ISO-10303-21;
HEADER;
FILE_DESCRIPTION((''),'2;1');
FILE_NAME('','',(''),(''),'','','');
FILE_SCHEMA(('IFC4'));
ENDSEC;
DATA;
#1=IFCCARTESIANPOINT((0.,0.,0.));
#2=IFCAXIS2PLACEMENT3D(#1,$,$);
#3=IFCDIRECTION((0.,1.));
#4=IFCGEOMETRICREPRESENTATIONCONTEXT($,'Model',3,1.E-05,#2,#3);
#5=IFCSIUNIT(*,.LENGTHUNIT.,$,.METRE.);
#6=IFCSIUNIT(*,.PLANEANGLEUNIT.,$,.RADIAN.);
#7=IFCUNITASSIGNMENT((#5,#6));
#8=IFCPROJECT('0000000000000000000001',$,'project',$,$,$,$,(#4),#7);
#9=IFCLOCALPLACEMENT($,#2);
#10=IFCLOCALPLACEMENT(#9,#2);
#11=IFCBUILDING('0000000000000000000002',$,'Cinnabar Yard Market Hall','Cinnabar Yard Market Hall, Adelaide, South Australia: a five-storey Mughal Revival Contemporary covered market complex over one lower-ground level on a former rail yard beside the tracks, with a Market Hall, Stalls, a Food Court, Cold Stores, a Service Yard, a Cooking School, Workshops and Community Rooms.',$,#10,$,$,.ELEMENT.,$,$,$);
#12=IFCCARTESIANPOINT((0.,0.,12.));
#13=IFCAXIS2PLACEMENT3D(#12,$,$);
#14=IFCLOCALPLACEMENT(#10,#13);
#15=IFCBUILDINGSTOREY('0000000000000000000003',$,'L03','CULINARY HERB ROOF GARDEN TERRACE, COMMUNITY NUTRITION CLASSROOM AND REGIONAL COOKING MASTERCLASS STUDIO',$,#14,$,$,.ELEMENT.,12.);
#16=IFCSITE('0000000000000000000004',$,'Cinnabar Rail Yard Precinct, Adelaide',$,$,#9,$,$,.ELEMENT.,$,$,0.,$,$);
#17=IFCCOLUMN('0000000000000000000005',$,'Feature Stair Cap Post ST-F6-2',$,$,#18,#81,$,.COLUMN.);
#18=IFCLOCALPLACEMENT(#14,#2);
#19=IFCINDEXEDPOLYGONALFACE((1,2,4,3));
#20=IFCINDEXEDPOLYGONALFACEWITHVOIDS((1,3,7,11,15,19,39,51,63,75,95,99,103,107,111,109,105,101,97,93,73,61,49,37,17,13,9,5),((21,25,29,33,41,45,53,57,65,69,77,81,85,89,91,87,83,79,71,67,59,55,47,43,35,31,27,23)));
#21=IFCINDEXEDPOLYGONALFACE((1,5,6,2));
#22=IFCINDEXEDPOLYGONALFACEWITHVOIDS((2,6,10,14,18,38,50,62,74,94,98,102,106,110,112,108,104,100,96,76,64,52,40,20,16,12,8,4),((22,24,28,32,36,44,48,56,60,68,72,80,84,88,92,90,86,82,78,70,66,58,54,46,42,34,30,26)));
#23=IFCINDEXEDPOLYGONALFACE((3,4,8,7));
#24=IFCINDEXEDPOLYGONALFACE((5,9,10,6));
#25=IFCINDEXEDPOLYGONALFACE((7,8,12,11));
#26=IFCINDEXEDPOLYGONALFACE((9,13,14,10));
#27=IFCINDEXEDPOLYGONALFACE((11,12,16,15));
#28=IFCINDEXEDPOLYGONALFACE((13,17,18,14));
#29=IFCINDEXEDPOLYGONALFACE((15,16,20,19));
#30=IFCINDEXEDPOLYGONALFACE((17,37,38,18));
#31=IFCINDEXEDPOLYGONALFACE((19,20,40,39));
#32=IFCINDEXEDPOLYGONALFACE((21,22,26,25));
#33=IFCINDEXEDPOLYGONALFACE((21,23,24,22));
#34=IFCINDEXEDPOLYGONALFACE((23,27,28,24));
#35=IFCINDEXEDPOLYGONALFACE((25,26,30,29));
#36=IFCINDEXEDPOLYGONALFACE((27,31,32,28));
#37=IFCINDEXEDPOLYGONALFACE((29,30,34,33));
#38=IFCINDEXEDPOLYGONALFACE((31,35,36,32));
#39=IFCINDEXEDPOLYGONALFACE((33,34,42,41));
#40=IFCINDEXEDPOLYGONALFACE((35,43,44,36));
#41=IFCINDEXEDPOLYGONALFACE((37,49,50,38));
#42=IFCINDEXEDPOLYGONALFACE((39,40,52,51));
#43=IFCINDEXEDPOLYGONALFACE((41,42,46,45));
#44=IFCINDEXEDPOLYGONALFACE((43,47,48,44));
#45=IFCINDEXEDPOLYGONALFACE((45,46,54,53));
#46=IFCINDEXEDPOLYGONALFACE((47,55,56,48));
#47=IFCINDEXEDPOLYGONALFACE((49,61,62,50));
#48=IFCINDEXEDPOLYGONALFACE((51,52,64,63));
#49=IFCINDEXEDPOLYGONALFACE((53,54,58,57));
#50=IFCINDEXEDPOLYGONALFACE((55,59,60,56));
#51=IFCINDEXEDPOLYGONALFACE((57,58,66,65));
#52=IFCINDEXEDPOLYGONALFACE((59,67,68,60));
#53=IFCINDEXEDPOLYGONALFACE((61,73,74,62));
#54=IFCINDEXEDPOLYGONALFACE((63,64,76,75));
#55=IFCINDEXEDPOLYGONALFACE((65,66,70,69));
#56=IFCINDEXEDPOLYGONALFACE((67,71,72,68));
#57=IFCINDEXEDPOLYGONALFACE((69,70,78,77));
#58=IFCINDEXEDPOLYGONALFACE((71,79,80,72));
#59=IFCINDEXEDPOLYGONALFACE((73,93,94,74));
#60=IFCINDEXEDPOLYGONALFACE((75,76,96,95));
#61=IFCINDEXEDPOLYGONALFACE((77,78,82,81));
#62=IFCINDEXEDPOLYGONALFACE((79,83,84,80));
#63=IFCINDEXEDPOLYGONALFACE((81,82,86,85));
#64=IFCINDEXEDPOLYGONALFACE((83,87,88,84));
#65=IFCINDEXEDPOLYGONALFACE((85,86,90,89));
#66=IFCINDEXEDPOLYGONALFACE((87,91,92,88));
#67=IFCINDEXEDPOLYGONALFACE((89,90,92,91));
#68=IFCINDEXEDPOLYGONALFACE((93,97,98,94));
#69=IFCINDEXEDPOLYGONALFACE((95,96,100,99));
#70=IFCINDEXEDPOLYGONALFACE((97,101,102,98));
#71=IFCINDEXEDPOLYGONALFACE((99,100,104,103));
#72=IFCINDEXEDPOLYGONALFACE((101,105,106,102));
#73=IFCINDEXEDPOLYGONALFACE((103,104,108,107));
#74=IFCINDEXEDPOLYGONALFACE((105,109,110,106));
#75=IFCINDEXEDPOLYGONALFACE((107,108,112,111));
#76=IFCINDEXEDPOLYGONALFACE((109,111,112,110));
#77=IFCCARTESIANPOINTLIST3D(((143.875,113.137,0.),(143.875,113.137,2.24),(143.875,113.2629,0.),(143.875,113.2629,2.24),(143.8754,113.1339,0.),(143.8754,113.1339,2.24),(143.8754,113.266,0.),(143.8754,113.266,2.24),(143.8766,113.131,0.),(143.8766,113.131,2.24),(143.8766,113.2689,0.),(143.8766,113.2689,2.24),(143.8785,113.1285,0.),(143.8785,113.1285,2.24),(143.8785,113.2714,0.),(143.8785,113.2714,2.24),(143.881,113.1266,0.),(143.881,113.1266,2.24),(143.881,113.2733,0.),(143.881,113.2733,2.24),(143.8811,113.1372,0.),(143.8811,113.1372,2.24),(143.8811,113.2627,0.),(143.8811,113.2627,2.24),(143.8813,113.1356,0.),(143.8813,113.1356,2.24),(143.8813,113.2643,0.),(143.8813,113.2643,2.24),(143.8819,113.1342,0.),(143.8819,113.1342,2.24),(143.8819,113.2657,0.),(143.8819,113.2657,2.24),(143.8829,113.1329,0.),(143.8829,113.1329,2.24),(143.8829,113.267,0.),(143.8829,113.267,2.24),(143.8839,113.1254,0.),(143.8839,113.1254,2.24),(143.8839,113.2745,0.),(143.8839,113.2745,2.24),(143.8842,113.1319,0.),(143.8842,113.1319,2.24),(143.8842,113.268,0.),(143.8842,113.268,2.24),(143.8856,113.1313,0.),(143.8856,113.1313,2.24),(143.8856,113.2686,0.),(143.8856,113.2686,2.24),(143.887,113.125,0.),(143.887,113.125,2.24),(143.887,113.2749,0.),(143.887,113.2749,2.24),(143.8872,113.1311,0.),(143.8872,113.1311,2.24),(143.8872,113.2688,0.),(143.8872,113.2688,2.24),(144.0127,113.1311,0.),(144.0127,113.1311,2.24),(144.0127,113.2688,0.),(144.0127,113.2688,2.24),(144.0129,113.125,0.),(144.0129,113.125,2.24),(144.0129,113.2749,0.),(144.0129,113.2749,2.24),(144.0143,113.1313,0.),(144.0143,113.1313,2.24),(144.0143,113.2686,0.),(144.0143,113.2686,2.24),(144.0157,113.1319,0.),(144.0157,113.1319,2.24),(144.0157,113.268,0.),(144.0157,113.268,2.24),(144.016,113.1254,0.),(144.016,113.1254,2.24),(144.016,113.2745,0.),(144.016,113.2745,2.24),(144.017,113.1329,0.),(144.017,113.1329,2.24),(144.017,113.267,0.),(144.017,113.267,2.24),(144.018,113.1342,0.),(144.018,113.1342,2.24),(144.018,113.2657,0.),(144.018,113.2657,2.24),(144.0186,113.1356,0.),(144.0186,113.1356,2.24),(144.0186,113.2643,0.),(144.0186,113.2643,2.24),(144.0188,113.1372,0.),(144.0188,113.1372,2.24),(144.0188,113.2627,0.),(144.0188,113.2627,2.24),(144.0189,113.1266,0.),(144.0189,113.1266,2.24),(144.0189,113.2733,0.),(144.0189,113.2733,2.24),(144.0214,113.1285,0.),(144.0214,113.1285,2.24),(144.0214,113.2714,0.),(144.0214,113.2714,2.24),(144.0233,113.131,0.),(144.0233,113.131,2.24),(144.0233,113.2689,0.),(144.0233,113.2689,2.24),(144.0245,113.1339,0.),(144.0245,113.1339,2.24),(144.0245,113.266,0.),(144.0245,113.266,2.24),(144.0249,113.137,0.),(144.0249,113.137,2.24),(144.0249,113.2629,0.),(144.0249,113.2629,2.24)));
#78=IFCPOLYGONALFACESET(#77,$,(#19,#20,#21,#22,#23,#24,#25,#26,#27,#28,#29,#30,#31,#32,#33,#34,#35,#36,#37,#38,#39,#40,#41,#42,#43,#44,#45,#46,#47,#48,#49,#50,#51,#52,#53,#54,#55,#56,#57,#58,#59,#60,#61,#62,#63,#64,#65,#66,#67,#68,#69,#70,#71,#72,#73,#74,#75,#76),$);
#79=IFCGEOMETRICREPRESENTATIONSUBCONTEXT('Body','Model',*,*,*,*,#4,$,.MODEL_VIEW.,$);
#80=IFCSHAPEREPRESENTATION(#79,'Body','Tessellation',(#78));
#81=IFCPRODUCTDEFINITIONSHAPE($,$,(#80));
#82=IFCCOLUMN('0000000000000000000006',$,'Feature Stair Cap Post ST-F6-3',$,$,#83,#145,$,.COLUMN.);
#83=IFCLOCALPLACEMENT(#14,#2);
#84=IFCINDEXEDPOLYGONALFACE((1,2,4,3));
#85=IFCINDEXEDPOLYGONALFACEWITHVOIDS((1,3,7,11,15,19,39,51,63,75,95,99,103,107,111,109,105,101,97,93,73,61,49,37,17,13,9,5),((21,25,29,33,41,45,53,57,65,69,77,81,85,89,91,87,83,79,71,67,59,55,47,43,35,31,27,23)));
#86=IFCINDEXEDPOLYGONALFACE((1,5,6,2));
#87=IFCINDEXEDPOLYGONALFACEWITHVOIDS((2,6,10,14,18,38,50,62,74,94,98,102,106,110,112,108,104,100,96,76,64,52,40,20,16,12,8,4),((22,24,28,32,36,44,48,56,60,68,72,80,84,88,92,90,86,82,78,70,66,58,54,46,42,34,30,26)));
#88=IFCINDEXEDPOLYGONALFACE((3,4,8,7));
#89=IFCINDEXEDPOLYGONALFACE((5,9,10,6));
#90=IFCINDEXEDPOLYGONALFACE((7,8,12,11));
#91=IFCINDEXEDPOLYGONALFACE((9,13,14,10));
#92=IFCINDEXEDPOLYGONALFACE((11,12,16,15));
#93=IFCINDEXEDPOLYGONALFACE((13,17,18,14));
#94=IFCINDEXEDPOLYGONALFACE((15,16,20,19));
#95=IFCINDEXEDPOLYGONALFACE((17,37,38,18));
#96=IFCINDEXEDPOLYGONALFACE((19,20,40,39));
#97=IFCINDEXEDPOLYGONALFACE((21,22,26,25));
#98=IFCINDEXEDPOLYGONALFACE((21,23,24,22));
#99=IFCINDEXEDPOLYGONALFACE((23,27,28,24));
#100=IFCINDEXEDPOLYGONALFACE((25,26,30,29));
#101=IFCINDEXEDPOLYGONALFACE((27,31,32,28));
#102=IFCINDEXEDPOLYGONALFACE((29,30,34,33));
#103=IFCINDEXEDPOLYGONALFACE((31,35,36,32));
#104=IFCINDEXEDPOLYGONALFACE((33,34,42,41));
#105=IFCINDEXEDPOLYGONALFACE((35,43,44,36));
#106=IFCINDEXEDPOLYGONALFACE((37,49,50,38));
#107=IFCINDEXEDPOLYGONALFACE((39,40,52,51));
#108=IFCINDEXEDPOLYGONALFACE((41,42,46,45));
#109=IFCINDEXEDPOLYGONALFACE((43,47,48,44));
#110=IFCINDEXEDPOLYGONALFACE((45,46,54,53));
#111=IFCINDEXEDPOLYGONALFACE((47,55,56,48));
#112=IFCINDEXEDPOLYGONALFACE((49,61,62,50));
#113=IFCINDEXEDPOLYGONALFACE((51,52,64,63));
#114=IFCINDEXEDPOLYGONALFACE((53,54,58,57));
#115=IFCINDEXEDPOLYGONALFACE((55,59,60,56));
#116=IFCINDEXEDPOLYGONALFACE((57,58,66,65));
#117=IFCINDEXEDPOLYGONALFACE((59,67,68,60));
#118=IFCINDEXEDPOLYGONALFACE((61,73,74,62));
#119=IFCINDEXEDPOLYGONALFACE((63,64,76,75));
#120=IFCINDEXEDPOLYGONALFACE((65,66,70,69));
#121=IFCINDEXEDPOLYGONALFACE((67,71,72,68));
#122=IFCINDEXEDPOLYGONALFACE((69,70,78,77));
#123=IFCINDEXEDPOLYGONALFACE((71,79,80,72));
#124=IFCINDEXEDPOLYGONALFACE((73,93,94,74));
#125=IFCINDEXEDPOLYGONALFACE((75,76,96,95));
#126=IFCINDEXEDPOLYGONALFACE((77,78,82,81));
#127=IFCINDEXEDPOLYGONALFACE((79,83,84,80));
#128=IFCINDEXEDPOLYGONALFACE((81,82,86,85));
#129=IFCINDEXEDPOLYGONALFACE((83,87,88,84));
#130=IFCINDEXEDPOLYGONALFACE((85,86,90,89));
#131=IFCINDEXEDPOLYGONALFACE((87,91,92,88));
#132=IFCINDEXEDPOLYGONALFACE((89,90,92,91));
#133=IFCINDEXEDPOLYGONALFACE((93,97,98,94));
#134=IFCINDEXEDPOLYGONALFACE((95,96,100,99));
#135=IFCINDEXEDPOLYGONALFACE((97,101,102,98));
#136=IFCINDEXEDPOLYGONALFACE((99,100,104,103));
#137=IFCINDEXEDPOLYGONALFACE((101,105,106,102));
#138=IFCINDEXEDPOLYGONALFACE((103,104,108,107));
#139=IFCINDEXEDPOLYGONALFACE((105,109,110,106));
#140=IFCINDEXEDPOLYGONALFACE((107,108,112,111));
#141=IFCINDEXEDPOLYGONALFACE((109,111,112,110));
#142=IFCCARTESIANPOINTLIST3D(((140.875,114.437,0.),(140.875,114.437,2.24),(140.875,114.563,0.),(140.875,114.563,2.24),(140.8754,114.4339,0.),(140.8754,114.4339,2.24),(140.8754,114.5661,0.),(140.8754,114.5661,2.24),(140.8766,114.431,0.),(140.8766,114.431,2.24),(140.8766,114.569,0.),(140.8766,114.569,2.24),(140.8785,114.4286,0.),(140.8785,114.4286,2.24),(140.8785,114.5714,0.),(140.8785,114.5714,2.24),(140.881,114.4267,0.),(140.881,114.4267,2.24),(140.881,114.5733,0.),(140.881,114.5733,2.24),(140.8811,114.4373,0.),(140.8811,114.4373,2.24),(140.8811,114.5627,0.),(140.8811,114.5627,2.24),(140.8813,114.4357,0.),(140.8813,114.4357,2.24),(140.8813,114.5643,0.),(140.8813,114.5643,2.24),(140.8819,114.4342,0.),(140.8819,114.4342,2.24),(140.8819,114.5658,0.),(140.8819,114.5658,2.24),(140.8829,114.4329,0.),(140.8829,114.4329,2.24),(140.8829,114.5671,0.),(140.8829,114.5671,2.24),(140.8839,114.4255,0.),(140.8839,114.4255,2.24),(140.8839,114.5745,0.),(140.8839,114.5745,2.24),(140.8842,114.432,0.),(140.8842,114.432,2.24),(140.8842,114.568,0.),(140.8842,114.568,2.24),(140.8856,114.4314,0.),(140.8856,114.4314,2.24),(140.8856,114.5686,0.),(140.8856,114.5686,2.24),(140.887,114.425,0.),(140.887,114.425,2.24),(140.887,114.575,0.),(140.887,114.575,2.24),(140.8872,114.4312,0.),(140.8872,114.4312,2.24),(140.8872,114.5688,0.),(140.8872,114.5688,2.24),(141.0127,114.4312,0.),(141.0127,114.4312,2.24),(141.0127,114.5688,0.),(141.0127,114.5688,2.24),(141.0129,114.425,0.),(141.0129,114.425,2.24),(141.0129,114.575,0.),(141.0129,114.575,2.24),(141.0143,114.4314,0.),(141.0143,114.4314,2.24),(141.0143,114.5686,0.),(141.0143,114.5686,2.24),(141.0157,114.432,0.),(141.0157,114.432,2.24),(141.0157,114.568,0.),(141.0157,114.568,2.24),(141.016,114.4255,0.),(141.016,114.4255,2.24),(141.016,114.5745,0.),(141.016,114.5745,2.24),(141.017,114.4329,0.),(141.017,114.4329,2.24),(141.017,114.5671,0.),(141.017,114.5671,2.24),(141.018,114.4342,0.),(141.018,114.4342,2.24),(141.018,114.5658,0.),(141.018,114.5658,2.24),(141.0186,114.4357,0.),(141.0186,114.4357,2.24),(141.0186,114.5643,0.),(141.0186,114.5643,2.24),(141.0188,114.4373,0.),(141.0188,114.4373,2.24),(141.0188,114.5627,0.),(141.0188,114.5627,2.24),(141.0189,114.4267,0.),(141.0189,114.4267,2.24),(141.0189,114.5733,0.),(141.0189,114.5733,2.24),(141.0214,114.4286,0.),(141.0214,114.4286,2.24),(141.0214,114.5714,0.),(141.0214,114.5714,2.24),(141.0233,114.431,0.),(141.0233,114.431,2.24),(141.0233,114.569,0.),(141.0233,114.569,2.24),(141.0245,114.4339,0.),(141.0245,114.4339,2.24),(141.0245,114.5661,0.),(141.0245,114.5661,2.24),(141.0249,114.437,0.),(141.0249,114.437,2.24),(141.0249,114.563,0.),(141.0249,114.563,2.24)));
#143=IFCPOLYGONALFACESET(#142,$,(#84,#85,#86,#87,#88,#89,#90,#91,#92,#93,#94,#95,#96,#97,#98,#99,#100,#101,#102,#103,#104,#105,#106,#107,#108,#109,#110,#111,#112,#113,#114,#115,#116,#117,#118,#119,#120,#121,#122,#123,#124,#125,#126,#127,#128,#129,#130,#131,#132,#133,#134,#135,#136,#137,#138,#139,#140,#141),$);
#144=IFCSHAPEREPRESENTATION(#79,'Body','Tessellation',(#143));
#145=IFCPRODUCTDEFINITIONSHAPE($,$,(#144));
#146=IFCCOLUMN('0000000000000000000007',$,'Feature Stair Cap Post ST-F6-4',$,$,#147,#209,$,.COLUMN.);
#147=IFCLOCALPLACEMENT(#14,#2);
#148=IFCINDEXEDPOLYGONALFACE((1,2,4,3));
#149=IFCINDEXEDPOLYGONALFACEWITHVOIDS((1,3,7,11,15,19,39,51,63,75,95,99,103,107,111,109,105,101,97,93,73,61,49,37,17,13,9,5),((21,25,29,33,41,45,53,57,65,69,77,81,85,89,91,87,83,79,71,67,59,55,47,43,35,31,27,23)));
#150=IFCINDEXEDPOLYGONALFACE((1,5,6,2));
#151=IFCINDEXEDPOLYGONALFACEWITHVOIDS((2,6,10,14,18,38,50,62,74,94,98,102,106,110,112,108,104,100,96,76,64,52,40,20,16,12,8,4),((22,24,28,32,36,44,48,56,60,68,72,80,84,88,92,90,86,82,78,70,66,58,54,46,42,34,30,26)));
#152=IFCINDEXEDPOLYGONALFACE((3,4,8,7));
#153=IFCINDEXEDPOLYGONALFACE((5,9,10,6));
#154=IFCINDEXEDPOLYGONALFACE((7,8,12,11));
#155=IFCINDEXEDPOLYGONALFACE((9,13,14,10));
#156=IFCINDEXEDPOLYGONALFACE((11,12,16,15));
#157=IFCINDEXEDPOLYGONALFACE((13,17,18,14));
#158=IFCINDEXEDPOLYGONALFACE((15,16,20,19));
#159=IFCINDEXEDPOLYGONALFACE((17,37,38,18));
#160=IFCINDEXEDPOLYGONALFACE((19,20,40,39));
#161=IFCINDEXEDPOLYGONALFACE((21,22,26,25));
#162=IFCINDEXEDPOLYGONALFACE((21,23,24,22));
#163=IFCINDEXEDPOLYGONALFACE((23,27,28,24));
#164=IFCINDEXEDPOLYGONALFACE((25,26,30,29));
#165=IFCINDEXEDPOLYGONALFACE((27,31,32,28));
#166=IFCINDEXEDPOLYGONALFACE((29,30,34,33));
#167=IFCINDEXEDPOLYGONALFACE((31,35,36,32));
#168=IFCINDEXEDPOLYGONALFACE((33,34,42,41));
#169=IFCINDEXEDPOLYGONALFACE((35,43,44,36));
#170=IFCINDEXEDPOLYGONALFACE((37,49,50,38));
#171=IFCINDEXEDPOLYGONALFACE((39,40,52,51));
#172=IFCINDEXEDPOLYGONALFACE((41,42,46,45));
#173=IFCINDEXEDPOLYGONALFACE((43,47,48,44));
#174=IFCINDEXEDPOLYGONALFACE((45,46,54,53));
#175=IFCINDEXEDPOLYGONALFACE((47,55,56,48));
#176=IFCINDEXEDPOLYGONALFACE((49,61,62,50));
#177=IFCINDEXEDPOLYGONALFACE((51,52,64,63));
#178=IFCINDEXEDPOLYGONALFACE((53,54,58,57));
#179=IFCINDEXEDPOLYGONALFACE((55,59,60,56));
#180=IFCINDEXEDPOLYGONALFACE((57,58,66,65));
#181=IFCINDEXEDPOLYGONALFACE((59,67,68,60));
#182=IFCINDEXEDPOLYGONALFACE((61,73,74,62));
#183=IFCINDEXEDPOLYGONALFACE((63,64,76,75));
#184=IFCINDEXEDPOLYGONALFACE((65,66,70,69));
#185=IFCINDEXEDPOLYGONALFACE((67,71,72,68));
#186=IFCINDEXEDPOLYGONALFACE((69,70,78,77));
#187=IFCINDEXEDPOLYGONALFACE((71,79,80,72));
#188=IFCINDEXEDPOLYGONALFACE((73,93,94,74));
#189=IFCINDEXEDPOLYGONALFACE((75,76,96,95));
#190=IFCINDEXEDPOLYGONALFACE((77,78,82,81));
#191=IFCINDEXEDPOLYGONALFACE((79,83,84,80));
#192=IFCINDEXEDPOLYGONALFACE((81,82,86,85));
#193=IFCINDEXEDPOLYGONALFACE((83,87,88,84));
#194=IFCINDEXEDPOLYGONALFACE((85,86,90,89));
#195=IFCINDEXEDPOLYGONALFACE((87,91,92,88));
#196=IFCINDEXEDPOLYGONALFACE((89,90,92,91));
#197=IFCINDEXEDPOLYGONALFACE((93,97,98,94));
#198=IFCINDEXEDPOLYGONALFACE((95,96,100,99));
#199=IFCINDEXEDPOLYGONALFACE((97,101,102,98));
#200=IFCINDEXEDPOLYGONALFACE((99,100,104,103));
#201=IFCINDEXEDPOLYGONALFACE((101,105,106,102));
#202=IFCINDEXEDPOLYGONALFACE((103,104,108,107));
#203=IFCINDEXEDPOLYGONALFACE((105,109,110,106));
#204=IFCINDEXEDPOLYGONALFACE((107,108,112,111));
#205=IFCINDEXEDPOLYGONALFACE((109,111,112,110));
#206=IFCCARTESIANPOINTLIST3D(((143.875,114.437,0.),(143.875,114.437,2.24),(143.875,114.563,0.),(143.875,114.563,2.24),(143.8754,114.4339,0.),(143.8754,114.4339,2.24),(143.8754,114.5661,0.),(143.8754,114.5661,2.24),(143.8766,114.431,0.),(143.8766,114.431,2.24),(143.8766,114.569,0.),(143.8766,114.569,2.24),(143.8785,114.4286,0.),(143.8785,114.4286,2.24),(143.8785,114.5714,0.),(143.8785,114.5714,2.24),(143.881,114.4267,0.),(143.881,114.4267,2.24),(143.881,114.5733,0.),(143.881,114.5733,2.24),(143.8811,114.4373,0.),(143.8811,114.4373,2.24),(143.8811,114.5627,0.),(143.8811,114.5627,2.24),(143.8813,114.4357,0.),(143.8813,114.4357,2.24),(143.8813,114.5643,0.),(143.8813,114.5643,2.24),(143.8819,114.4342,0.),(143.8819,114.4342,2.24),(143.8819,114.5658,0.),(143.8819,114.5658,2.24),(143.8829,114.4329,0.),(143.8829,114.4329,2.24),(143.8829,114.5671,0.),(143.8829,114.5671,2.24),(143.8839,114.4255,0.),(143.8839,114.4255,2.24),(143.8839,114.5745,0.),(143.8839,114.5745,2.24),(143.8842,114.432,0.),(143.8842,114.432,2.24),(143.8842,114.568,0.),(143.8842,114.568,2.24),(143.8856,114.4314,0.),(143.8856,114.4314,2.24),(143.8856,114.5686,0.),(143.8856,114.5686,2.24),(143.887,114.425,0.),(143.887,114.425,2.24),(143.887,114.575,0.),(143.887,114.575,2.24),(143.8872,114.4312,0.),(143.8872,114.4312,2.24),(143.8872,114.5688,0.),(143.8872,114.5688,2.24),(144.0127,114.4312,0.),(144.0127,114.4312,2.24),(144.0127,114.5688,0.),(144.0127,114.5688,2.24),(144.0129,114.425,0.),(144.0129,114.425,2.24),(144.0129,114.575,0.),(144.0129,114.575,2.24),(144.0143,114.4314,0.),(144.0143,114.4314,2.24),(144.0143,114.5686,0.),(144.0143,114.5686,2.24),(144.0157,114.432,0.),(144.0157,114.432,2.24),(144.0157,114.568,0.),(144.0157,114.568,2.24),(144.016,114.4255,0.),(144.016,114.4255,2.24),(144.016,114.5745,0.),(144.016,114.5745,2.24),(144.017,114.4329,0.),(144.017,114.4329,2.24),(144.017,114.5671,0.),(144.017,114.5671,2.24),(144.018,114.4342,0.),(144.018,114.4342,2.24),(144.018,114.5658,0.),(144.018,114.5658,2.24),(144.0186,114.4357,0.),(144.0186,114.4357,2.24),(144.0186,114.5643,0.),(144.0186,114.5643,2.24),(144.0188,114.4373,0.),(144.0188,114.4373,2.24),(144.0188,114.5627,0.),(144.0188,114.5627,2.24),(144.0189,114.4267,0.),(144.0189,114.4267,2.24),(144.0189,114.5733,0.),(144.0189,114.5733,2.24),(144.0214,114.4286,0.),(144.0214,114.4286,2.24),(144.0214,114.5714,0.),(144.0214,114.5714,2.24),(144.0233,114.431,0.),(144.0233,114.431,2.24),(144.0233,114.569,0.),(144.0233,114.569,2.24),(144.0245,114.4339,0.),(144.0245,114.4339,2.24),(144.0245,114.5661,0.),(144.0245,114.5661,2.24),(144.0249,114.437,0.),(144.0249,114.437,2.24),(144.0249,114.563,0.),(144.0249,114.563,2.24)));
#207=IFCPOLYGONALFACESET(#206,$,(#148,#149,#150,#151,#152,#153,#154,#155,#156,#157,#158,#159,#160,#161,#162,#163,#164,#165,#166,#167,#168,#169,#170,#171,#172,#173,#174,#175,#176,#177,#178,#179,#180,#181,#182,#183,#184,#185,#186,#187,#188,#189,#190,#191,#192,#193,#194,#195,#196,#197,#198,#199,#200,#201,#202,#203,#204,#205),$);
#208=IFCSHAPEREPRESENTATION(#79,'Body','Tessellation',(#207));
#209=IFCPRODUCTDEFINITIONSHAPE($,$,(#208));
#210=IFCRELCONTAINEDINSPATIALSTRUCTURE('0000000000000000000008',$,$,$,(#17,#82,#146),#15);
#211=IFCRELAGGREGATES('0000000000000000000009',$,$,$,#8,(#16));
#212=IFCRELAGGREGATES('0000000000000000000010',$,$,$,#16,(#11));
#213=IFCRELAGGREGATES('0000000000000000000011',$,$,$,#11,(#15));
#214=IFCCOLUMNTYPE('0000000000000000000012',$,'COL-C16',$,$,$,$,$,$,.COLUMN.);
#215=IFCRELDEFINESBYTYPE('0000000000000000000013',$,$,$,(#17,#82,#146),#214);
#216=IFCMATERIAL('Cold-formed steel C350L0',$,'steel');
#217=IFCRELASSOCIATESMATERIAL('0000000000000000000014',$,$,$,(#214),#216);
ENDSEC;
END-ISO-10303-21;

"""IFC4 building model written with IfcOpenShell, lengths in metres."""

from ifc_helpers import new_model, si_unit, direction, frame, origin, origin_2d_with_axis, place, context, subcontext, project, spatial, hollow_rectangle, extrude, material, material_profile, profile_set, type_object, element, save


model = new_model("IFC4")

# Units and contexts
model_context = context("Model", 3, precision=1e-05, world=origin(), true_north=direction((0.0, 1.0)))
body_context = subcontext(model_context, "Body", "Model", "MODEL_VIEW")
ifc_project = project(units=[si_unit("LENGTHUNIT", "METRE"), si_unit("PLANEANGLEUNIT", "RADIAN")], contexts=[model_context])

# Site, building, storey
site_placement = place(None, origin())
site = spatial("IfcSite", under=ifc_project, at=site_placement, Name="Cinnabar Rail Yard Precinct, Adelaide", CompositionType="ELEMENT", RefElevation=0.0)
building_placement = place(site_placement, origin())
building = spatial("IfcBuilding", under=site, at=building_placement, Name="Cinnabar Yard Market Hall", Description="Cinnabar Yard Market Hall, Adelaide, South Australia: a five-storey Mughal Revival Contemporary covered market complex over one lower-ground level on a former rail yard beside the tracks, with a Market Hall, Stalls, a Food Court, Cold Stores, a Service Yard, a Cooking School, Workshops and Community Rooms.", CompositionType="ELEMENT")
storey_placement = place(building_placement, frame((0.0, 0.0, 12.0)))
storey = spatial("IfcBuildingStorey", under=building, at=storey_placement, Name="L03", Description="CULINARY HERB ROOF GARDEN TERRACE, COMMUNITY NUTRITION CLASSROOM AND REGIONAL COOKING MASTERCLASS STUDIO", CompositionType="ELEMENT", Elevation=12.0)

# Columns
ifc_material_1 = material(Name="Cold-formed steel C350L0", Category="steel")
ifc_material_profile_1 = material_profile(ifc_material_1, hollow_rectangle(XDim=0.1499, YDim=0.1499, WallThickness=0.0061, InnerFilletRadius=0.0061, OuterFilletRadius=0.012, at=origin_2d_with_axis()), Name="150x150x6.0SHS")
ifc_profile_set_1 = profile_set([ifc_material_profile_1], Name="Cold-formed steel C350L0")
column_type_1 = type_object("IfcColumnType", Name="COL-C16", PredefinedType="COLUMN", material=ifc_profile_set_1)
for number, where, z_axis, x_axis, name in (
    (1, (143.95, 113.2, 0.0), (0.0, 0.0, 1.0), (1.0, 0.0, 0.0), "Feature Stair Cap Post ST-F6-2"),
    (2, (140.95, 114.5, 0.0), (0.0, 0.0, 1.0), (1.0, 0.0, 0.0), "Feature Stair Cap Post ST-F6-3"),
    (3, (143.95, 114.5, 0.0), (0.0, 0.0, 1.0), (1.0, 0.0, 0.0), "Feature Stair Cap Post ST-F6-4"),
):
    element("IfcColumn", number, at=place(storey_placement, frame(where, z_axis=z_axis, x_axis=x_axis)), inside=storey, type_object=column_type_1, Name=name, PredefinedType="COLUMN", context=body_context, shape_type="SweptSolid", body=[
        extrude(hollow_rectangle(XDim=0.1499, YDim=0.1499, WallThickness=0.0061, InnerFilletRadius=0.0061, OuterFilletRadius=0.012, at=origin_2d_with_axis()), origin(), (0.0, 0.0, 1.0), 2.24),
    ])

save(model, "model.ifc")
